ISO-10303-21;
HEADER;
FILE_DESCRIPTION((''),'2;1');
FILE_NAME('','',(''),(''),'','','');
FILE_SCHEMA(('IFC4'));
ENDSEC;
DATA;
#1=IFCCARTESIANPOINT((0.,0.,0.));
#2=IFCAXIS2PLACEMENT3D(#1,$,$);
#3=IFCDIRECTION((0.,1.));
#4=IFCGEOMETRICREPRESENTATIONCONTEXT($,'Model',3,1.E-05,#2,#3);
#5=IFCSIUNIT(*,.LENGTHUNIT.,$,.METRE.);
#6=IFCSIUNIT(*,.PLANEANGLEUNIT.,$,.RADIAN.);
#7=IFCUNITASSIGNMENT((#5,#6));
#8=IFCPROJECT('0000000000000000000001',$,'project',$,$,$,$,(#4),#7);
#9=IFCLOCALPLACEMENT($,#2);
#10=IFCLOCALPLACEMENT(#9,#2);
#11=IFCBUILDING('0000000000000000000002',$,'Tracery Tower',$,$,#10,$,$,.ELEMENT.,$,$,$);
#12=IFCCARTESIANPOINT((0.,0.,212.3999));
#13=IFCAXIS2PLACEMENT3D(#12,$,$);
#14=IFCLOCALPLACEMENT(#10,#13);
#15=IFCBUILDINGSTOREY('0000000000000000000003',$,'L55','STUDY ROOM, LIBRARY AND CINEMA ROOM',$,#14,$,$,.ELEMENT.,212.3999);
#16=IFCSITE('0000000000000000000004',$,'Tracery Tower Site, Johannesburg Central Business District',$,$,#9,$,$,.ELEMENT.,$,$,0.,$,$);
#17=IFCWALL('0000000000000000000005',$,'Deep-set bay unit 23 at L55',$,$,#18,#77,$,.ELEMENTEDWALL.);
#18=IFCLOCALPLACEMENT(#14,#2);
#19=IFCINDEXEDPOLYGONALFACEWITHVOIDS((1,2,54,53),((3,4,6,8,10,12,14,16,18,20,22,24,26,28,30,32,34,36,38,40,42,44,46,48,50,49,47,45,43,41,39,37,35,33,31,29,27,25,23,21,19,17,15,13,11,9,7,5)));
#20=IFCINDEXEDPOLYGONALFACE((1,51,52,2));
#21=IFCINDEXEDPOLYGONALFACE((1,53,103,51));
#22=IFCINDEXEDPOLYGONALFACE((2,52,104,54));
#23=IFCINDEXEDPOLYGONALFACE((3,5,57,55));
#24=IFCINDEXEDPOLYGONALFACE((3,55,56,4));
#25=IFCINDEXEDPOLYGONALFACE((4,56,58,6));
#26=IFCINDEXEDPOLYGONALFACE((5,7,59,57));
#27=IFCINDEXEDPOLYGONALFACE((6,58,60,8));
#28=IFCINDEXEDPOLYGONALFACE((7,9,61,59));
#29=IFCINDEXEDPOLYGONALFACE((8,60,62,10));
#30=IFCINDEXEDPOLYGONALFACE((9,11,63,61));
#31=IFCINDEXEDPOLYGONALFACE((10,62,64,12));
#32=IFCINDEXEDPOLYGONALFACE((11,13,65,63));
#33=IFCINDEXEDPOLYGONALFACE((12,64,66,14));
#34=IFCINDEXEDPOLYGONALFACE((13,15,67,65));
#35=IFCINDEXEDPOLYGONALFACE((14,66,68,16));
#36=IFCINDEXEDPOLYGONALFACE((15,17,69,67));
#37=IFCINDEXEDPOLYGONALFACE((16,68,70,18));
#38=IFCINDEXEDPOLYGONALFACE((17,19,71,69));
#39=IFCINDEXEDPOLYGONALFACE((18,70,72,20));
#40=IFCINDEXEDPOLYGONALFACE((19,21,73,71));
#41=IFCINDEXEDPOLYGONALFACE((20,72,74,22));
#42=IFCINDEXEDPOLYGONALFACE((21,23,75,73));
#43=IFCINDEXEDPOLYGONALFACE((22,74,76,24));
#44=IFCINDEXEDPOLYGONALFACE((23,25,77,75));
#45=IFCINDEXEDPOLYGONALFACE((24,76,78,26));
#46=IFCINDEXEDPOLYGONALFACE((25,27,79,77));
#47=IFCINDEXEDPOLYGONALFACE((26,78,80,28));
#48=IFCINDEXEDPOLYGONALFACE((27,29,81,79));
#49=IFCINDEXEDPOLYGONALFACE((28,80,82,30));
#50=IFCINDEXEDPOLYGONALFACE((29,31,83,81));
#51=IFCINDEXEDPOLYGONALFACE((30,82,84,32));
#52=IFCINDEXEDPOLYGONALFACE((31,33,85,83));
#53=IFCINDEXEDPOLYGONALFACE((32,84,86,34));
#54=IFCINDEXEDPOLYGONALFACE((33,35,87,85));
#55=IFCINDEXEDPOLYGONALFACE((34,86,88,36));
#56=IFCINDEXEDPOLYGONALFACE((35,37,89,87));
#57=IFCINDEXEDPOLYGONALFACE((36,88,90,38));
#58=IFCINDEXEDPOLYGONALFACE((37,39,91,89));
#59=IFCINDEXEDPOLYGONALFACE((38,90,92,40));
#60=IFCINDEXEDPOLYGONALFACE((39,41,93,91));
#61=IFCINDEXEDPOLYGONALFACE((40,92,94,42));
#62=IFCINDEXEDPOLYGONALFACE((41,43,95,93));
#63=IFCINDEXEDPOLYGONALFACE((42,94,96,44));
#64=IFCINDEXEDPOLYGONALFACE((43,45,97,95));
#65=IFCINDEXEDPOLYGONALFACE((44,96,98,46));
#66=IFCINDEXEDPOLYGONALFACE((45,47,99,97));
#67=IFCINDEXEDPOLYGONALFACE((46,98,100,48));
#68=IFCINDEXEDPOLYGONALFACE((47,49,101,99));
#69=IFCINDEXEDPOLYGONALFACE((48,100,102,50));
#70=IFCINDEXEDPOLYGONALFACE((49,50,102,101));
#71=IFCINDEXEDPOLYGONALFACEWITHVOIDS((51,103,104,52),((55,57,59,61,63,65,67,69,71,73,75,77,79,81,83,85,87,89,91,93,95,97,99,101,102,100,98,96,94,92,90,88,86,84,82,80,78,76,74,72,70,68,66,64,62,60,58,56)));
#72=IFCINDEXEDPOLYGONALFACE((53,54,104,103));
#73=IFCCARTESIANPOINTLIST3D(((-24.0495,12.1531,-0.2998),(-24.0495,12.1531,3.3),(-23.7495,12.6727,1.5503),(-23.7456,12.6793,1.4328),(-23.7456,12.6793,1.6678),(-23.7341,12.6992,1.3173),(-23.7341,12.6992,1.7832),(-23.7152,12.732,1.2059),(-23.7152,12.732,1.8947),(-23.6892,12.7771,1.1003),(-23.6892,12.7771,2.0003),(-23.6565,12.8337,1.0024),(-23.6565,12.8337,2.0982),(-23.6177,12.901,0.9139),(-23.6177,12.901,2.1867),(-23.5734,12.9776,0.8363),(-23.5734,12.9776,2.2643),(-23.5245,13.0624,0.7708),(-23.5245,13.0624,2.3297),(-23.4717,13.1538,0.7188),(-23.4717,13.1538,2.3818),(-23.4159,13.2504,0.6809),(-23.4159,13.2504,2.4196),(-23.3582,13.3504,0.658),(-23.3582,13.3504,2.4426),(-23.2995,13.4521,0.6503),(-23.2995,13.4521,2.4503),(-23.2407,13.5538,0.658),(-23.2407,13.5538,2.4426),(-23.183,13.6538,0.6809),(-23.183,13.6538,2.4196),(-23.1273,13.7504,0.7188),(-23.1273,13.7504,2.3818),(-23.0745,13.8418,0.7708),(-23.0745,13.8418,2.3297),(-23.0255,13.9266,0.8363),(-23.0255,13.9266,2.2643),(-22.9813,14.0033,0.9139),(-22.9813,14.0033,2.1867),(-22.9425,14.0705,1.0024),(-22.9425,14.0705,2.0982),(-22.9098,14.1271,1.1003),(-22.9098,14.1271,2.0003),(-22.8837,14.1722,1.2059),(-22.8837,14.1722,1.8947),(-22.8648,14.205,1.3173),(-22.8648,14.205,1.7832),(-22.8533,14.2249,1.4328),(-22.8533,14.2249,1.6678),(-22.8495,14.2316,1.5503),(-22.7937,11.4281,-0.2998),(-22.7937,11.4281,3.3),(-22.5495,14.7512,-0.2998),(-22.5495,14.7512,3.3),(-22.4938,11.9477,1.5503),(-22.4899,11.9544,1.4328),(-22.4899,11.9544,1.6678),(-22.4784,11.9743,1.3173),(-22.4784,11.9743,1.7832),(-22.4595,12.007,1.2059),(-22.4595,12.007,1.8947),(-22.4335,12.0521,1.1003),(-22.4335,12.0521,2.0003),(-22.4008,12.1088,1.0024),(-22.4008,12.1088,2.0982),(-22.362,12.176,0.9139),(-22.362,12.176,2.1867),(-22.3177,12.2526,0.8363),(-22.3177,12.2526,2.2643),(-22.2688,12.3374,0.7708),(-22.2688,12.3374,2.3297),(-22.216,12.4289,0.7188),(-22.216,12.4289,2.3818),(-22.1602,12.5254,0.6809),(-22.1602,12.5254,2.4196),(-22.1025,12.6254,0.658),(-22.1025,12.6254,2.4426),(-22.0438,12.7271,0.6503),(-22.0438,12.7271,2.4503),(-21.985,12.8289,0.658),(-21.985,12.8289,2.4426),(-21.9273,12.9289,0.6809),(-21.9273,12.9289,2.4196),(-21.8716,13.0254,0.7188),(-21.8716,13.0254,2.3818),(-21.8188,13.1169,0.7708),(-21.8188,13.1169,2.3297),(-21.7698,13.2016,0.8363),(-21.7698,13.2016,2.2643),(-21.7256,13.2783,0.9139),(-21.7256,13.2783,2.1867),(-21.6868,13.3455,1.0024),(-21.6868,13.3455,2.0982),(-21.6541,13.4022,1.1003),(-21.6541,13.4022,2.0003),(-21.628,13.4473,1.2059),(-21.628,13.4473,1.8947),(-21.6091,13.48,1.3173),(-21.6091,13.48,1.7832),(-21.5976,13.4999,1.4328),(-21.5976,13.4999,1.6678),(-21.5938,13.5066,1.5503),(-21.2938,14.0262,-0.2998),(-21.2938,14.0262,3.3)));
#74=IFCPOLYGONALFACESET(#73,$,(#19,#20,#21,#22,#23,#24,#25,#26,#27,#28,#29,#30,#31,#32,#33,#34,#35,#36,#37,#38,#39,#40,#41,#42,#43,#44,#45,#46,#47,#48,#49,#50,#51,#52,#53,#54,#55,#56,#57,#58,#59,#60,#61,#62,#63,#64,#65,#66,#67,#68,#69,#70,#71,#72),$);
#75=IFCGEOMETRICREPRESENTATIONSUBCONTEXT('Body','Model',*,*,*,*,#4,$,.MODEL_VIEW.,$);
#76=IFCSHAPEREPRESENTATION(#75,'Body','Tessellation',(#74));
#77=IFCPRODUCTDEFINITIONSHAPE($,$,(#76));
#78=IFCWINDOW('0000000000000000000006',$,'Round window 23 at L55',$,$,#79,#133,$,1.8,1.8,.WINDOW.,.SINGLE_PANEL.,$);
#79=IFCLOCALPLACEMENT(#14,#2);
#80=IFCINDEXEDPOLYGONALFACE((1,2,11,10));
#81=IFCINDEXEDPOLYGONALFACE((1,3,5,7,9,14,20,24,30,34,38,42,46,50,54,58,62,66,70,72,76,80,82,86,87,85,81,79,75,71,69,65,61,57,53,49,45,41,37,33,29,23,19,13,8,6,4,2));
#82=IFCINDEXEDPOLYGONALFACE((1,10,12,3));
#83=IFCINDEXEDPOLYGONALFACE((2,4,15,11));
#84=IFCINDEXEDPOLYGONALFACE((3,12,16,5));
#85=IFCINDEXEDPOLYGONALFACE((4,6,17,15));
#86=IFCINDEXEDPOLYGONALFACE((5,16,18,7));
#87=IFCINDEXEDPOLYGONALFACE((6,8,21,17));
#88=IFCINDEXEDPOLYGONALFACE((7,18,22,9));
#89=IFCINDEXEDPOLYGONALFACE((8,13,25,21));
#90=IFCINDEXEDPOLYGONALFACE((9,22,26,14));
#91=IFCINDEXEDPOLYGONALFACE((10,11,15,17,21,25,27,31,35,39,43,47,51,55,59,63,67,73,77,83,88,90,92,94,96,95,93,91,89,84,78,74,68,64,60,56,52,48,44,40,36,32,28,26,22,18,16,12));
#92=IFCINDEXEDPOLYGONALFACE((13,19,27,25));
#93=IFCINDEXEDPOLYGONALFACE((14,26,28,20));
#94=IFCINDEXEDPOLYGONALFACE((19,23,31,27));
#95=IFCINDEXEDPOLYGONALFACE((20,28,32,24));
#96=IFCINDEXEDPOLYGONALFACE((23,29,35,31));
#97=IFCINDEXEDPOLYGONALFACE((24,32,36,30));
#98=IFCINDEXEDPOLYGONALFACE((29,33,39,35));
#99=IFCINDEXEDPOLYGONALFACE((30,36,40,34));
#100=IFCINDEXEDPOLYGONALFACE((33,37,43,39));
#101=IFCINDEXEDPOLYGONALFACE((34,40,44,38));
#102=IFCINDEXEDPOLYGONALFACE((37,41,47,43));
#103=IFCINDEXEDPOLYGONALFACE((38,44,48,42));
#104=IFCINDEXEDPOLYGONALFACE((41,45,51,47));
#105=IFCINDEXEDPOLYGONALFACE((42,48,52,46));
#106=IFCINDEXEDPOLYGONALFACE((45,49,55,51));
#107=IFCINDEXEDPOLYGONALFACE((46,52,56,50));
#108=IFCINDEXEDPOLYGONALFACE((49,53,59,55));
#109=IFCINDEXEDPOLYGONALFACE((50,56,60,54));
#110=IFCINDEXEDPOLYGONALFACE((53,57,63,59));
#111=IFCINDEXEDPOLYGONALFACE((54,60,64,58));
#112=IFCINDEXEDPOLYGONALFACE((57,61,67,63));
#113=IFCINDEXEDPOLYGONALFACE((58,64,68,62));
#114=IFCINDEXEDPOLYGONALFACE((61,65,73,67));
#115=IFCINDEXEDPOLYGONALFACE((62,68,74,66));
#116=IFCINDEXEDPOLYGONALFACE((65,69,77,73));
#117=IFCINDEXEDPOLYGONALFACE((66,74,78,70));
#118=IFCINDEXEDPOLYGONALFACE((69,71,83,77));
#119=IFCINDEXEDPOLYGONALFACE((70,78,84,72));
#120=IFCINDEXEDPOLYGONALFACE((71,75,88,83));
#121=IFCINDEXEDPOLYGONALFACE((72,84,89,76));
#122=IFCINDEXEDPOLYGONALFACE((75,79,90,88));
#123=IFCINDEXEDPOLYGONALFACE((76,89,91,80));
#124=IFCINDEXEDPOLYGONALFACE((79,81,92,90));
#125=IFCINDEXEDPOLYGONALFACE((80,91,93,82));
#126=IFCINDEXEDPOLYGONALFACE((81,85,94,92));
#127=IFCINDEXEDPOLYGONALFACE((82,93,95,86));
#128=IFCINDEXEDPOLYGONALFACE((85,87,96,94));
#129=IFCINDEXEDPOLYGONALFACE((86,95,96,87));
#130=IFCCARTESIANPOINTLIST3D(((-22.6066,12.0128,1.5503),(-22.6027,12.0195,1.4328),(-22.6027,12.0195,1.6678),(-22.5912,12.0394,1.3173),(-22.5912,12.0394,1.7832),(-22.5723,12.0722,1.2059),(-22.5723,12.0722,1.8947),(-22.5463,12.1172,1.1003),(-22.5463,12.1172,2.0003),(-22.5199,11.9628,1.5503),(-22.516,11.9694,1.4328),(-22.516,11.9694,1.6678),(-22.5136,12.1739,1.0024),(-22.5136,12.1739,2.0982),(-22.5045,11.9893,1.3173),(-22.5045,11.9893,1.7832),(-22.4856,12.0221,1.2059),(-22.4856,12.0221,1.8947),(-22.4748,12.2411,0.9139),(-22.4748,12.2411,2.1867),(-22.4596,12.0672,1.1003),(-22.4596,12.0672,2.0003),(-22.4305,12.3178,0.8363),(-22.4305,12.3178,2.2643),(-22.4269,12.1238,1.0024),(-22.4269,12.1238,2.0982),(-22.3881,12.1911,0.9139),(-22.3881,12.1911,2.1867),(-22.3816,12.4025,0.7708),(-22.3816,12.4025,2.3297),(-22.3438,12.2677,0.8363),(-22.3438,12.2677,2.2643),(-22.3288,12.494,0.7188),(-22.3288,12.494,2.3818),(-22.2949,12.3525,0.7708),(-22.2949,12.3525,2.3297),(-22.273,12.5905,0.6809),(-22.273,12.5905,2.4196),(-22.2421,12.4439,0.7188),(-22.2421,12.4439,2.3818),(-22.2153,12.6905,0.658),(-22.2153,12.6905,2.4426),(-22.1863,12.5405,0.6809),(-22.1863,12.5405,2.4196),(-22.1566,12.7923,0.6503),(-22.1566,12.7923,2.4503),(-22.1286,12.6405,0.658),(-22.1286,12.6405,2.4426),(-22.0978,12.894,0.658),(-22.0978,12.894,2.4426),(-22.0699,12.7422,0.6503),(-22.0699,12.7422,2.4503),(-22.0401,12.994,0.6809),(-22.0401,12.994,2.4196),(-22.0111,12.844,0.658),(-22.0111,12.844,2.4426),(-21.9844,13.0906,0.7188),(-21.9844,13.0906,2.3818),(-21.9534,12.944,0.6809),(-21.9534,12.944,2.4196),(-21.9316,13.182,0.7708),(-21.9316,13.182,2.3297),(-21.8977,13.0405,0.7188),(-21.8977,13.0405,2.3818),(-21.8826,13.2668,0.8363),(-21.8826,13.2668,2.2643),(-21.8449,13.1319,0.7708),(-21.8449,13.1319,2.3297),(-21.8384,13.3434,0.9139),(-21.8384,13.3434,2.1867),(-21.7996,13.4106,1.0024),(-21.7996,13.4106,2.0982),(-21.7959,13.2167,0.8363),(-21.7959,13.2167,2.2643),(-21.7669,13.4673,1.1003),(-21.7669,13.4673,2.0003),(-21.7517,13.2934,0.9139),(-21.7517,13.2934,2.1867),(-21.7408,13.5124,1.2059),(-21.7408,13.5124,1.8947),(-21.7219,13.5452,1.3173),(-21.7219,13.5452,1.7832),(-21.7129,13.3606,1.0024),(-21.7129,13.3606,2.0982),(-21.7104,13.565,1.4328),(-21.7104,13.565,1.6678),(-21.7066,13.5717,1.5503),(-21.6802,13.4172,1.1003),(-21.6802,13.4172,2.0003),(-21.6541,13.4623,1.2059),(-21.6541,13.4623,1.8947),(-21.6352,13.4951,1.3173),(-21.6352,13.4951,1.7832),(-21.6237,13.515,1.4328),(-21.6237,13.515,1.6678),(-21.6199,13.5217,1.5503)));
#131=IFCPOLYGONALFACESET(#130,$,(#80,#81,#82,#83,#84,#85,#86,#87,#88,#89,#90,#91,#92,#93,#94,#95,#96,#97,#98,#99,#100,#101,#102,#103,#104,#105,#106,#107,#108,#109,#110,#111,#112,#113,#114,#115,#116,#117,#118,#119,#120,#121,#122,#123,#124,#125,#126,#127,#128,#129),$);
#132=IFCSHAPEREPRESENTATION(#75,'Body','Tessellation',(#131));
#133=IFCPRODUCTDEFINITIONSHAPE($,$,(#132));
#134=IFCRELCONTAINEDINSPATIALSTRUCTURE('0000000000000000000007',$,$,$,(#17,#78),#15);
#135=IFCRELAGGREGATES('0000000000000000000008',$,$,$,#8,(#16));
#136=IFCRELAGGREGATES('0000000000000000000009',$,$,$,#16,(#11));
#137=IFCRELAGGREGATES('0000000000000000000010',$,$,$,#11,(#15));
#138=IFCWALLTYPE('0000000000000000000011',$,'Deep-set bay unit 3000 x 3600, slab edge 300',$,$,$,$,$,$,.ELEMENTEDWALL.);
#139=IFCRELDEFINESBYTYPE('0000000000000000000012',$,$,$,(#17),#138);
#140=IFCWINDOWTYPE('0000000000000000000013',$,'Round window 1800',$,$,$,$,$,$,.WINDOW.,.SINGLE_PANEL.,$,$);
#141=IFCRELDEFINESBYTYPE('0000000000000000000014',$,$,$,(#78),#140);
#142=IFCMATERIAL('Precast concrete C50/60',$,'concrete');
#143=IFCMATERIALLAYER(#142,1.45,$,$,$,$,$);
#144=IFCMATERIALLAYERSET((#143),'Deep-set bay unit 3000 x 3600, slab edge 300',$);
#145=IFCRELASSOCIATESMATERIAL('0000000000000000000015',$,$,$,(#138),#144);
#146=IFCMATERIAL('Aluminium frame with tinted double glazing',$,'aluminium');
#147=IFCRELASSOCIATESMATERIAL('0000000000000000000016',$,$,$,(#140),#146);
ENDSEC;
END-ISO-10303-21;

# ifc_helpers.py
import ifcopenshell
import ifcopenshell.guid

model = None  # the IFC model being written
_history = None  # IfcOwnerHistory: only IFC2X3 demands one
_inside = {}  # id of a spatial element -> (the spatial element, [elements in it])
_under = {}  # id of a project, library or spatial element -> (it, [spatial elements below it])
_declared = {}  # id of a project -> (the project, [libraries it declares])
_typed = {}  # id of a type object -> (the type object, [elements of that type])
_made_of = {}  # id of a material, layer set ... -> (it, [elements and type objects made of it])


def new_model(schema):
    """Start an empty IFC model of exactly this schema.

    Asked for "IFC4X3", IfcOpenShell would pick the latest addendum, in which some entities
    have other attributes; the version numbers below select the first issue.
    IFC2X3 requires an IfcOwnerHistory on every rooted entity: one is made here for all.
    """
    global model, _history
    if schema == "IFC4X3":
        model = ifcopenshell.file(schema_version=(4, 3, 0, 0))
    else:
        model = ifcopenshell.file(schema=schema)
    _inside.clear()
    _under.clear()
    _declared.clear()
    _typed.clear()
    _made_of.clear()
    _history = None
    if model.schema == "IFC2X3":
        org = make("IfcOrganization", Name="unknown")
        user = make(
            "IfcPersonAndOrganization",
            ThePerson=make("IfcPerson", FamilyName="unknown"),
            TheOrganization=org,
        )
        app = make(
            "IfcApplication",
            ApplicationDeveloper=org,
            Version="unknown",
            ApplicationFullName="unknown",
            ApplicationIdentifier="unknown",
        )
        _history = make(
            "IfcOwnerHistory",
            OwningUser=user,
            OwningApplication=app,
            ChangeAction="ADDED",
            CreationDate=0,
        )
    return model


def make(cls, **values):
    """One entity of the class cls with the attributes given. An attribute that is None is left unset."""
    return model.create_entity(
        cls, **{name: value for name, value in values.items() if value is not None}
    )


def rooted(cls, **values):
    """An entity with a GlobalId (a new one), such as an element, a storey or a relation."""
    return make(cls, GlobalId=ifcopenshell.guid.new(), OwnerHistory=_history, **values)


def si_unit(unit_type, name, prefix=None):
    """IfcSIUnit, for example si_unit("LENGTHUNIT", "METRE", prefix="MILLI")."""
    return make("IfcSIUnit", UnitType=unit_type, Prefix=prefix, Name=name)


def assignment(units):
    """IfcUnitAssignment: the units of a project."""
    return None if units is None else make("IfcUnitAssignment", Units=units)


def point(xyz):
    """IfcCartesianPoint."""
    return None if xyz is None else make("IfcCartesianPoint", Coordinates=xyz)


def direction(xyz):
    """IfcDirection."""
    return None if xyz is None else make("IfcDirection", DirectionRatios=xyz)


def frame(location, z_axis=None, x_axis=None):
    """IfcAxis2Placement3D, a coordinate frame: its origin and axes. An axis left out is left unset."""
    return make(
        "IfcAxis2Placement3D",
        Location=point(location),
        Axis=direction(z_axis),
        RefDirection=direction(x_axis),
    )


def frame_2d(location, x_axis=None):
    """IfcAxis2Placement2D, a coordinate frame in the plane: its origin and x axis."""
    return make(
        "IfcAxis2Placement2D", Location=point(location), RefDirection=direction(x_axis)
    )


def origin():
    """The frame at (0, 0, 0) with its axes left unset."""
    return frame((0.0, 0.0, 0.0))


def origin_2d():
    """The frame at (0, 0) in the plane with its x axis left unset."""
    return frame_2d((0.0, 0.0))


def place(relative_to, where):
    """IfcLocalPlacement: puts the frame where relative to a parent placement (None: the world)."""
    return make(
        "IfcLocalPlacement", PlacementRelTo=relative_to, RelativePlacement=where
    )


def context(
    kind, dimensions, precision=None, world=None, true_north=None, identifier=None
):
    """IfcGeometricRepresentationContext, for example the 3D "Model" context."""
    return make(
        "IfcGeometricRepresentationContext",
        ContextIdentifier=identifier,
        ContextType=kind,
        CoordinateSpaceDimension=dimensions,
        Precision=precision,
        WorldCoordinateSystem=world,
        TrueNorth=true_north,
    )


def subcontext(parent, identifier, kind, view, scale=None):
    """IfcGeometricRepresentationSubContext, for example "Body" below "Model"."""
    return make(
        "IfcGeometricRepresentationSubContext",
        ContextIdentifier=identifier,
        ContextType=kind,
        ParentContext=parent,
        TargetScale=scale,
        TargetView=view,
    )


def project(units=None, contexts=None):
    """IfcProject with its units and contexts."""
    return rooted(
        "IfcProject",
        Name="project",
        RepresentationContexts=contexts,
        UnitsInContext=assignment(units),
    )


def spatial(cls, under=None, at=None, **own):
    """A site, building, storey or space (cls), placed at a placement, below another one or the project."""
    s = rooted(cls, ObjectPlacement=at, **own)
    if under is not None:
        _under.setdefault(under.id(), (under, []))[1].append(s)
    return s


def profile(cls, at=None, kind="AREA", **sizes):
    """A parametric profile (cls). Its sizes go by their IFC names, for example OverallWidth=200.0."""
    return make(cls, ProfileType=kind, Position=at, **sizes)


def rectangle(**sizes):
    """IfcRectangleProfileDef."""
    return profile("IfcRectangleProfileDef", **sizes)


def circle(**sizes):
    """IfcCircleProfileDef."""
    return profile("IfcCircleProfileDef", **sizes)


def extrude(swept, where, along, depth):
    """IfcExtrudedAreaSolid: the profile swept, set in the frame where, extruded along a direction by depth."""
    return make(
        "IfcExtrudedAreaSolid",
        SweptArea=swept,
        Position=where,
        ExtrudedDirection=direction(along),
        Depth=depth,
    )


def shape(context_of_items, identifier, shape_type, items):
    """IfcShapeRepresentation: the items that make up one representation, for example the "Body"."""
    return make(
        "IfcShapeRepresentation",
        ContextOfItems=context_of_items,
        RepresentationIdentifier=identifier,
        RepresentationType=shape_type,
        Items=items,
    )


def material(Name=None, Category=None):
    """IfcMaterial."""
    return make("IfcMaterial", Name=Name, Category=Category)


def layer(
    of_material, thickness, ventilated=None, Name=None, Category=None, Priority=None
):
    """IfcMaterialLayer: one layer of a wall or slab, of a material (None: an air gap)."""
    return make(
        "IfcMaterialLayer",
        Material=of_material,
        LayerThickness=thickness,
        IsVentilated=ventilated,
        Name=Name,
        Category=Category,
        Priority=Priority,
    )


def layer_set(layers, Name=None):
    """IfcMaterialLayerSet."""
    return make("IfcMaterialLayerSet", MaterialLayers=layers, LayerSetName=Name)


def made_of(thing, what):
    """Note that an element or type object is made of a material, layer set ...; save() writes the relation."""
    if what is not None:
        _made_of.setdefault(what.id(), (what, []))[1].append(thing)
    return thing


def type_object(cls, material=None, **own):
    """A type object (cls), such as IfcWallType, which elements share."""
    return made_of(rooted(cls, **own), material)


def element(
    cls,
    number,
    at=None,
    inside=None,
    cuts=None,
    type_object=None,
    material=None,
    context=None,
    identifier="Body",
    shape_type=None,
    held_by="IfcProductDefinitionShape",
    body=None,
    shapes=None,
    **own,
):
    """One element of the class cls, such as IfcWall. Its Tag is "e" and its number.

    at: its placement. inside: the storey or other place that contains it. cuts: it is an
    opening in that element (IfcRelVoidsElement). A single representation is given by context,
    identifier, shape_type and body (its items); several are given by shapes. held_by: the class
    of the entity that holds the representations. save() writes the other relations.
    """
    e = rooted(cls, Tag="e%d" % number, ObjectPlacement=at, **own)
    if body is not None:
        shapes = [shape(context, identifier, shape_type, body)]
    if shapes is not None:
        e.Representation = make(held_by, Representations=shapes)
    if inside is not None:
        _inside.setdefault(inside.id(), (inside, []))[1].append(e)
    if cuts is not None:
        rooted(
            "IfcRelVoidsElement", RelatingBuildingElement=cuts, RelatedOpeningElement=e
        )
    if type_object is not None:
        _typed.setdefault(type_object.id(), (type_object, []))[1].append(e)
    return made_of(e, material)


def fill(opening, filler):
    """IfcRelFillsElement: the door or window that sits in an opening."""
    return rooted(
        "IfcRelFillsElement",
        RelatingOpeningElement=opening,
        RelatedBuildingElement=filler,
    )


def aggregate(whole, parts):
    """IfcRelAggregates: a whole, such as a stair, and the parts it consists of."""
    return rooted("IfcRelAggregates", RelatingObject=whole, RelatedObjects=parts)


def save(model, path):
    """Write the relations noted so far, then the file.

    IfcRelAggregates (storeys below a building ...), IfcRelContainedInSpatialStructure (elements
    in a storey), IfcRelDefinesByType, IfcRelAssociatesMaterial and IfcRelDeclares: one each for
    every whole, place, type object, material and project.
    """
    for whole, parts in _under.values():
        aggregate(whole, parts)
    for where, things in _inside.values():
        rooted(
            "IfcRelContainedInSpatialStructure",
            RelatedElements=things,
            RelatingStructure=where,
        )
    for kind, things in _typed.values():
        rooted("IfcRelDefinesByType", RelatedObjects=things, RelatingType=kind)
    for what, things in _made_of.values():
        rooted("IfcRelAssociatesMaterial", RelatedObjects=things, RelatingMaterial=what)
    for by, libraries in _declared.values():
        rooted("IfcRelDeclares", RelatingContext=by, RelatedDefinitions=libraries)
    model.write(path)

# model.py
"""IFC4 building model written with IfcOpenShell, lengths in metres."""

from ifc_helpers import new_model, si_unit, direction, frame, frame_2d, origin, origin_2d, place, context, subcontext, project, spatial, rectangle, circle, extrude, material, layer, layer_set, type_object, element, fill, save


model = new_model("IFC4")

# Units and contexts
model_context = context("Model", 3, precision=1e-05, world=origin(), true_north=direction((0.0, 1.0)))
body_context = subcontext(model_context, "Body", "Model", "MODEL_VIEW")
ifc_project = project(units=[si_unit("LENGTHUNIT", "METRE"), si_unit("PLANEANGLEUNIT", "RADIAN")], contexts=[model_context])

# Site, building, storey
site_placement = place(None, origin())
site = spatial("IfcSite", under=ifc_project, at=site_placement, Name="Tracery Tower Site, Johannesburg Central Business District", CompositionType="ELEMENT", RefElevation=0.0)
building_placement = place(site_placement, origin())
building = spatial("IfcBuilding", under=site, at=building_placement, Name="Tracery Tower", CompositionType="ELEMENT")
storey_placement = place(building_placement, frame((0.0, 0.0, 212.3999)))
storey = spatial("IfcBuildingStorey", under=building, at=storey_placement, Name="L55", Description="STUDY ROOM, LIBRARY AND CINEMA ROOM", CompositionType="ELEMENT", Elevation=212.3999)

# Wall, opening, window
ifc_material_1 = material(Name="Precast concrete C50/60", Category="concrete")
ifc_layer_1 = layer(ifc_material_1, 1.45)
ifc_layer_set_1 = layer_set([ifc_layer_1], Name="Deep-set bay unit 3000 x 3600, slab edge 300")
wall_type_1 = type_object("IfcWallType", Name="Deep-set bay unit 3000 x 3600, slab edge 300", PredefinedType="ELEMENTEDWALL", material=ifc_layer_set_1)
ifc_material_2 = material(Name="Aluminium frame with tinted double glazing", Category="aluminium")
window_type = type_object("IfcWindowType", Name="Round window 1800", PartitioningType="SINGLE_PANEL", PredefinedType="WINDOW", material=ifc_material_2)
wall_1_placement = place(storey_placement, frame((-21.9216, 14.3887, -0.2998), z_axis=(0.0, 0.0, 1.0), x_axis=(-0.49999, -0.866031, 0.0)))
wall_1 = element("IfcWall", 1, at=wall_1_placement, inside=storey, type_object=wall_type_1, Name="Deep-set bay unit 23 at L55", PredefinedType="ELEMENTEDWALL", context=body_context, shape_type="SweptSolid", body=[
    extrude(rectangle(XDim=3.0, YDim=1.45, at=frame_2d((1.5, 0.0))), origin(), (0.0, 0.0, 1.0), 3.5999),
])
opening_1_placement = place(wall_1_placement, frame((1.5, 0.0, 1.8501)))
opening_1 = element("IfcOpeningElement", 2, at=opening_1_placement, cuts=wall_1, PredefinedType="OPENING", context=body_context, shape_type="SweptSolid", body=[
    extrude(circle(Radius=0.9, at=origin_2d()), frame((0.0, 0.7349, 0.0), z_axis=(0.0, -1.0, 0.0), x_axis=(1.0, 0.0, 0.0)), (0.0, 0.0, 1.0), 1.47),
])
window_1_placement = place(opening_1_placement, origin())
window_1 = element("IfcWindow", 3, at=window_1_placement, inside=storey, type_object=window_type, Name="Round window 23 at L55", OverallHeight=1.8, OverallWidth=1.8, PartitioningType="SINGLE_PANEL", PredefinedType="WINDOW", context=body_context, shape_type="SweptSolid", body=[
    extrude(circle(Radius=0.9, at=origin_2d()), frame((0.0, 0.6948, 0.0), z_axis=(0.0, -1.0, 0.0), x_axis=(1.0, 0.0, 0.0)), (0.0, 0.0, 1.0), 0.1001),
])
fill(opening_1, window_1)

save(model, "model.ifc")
